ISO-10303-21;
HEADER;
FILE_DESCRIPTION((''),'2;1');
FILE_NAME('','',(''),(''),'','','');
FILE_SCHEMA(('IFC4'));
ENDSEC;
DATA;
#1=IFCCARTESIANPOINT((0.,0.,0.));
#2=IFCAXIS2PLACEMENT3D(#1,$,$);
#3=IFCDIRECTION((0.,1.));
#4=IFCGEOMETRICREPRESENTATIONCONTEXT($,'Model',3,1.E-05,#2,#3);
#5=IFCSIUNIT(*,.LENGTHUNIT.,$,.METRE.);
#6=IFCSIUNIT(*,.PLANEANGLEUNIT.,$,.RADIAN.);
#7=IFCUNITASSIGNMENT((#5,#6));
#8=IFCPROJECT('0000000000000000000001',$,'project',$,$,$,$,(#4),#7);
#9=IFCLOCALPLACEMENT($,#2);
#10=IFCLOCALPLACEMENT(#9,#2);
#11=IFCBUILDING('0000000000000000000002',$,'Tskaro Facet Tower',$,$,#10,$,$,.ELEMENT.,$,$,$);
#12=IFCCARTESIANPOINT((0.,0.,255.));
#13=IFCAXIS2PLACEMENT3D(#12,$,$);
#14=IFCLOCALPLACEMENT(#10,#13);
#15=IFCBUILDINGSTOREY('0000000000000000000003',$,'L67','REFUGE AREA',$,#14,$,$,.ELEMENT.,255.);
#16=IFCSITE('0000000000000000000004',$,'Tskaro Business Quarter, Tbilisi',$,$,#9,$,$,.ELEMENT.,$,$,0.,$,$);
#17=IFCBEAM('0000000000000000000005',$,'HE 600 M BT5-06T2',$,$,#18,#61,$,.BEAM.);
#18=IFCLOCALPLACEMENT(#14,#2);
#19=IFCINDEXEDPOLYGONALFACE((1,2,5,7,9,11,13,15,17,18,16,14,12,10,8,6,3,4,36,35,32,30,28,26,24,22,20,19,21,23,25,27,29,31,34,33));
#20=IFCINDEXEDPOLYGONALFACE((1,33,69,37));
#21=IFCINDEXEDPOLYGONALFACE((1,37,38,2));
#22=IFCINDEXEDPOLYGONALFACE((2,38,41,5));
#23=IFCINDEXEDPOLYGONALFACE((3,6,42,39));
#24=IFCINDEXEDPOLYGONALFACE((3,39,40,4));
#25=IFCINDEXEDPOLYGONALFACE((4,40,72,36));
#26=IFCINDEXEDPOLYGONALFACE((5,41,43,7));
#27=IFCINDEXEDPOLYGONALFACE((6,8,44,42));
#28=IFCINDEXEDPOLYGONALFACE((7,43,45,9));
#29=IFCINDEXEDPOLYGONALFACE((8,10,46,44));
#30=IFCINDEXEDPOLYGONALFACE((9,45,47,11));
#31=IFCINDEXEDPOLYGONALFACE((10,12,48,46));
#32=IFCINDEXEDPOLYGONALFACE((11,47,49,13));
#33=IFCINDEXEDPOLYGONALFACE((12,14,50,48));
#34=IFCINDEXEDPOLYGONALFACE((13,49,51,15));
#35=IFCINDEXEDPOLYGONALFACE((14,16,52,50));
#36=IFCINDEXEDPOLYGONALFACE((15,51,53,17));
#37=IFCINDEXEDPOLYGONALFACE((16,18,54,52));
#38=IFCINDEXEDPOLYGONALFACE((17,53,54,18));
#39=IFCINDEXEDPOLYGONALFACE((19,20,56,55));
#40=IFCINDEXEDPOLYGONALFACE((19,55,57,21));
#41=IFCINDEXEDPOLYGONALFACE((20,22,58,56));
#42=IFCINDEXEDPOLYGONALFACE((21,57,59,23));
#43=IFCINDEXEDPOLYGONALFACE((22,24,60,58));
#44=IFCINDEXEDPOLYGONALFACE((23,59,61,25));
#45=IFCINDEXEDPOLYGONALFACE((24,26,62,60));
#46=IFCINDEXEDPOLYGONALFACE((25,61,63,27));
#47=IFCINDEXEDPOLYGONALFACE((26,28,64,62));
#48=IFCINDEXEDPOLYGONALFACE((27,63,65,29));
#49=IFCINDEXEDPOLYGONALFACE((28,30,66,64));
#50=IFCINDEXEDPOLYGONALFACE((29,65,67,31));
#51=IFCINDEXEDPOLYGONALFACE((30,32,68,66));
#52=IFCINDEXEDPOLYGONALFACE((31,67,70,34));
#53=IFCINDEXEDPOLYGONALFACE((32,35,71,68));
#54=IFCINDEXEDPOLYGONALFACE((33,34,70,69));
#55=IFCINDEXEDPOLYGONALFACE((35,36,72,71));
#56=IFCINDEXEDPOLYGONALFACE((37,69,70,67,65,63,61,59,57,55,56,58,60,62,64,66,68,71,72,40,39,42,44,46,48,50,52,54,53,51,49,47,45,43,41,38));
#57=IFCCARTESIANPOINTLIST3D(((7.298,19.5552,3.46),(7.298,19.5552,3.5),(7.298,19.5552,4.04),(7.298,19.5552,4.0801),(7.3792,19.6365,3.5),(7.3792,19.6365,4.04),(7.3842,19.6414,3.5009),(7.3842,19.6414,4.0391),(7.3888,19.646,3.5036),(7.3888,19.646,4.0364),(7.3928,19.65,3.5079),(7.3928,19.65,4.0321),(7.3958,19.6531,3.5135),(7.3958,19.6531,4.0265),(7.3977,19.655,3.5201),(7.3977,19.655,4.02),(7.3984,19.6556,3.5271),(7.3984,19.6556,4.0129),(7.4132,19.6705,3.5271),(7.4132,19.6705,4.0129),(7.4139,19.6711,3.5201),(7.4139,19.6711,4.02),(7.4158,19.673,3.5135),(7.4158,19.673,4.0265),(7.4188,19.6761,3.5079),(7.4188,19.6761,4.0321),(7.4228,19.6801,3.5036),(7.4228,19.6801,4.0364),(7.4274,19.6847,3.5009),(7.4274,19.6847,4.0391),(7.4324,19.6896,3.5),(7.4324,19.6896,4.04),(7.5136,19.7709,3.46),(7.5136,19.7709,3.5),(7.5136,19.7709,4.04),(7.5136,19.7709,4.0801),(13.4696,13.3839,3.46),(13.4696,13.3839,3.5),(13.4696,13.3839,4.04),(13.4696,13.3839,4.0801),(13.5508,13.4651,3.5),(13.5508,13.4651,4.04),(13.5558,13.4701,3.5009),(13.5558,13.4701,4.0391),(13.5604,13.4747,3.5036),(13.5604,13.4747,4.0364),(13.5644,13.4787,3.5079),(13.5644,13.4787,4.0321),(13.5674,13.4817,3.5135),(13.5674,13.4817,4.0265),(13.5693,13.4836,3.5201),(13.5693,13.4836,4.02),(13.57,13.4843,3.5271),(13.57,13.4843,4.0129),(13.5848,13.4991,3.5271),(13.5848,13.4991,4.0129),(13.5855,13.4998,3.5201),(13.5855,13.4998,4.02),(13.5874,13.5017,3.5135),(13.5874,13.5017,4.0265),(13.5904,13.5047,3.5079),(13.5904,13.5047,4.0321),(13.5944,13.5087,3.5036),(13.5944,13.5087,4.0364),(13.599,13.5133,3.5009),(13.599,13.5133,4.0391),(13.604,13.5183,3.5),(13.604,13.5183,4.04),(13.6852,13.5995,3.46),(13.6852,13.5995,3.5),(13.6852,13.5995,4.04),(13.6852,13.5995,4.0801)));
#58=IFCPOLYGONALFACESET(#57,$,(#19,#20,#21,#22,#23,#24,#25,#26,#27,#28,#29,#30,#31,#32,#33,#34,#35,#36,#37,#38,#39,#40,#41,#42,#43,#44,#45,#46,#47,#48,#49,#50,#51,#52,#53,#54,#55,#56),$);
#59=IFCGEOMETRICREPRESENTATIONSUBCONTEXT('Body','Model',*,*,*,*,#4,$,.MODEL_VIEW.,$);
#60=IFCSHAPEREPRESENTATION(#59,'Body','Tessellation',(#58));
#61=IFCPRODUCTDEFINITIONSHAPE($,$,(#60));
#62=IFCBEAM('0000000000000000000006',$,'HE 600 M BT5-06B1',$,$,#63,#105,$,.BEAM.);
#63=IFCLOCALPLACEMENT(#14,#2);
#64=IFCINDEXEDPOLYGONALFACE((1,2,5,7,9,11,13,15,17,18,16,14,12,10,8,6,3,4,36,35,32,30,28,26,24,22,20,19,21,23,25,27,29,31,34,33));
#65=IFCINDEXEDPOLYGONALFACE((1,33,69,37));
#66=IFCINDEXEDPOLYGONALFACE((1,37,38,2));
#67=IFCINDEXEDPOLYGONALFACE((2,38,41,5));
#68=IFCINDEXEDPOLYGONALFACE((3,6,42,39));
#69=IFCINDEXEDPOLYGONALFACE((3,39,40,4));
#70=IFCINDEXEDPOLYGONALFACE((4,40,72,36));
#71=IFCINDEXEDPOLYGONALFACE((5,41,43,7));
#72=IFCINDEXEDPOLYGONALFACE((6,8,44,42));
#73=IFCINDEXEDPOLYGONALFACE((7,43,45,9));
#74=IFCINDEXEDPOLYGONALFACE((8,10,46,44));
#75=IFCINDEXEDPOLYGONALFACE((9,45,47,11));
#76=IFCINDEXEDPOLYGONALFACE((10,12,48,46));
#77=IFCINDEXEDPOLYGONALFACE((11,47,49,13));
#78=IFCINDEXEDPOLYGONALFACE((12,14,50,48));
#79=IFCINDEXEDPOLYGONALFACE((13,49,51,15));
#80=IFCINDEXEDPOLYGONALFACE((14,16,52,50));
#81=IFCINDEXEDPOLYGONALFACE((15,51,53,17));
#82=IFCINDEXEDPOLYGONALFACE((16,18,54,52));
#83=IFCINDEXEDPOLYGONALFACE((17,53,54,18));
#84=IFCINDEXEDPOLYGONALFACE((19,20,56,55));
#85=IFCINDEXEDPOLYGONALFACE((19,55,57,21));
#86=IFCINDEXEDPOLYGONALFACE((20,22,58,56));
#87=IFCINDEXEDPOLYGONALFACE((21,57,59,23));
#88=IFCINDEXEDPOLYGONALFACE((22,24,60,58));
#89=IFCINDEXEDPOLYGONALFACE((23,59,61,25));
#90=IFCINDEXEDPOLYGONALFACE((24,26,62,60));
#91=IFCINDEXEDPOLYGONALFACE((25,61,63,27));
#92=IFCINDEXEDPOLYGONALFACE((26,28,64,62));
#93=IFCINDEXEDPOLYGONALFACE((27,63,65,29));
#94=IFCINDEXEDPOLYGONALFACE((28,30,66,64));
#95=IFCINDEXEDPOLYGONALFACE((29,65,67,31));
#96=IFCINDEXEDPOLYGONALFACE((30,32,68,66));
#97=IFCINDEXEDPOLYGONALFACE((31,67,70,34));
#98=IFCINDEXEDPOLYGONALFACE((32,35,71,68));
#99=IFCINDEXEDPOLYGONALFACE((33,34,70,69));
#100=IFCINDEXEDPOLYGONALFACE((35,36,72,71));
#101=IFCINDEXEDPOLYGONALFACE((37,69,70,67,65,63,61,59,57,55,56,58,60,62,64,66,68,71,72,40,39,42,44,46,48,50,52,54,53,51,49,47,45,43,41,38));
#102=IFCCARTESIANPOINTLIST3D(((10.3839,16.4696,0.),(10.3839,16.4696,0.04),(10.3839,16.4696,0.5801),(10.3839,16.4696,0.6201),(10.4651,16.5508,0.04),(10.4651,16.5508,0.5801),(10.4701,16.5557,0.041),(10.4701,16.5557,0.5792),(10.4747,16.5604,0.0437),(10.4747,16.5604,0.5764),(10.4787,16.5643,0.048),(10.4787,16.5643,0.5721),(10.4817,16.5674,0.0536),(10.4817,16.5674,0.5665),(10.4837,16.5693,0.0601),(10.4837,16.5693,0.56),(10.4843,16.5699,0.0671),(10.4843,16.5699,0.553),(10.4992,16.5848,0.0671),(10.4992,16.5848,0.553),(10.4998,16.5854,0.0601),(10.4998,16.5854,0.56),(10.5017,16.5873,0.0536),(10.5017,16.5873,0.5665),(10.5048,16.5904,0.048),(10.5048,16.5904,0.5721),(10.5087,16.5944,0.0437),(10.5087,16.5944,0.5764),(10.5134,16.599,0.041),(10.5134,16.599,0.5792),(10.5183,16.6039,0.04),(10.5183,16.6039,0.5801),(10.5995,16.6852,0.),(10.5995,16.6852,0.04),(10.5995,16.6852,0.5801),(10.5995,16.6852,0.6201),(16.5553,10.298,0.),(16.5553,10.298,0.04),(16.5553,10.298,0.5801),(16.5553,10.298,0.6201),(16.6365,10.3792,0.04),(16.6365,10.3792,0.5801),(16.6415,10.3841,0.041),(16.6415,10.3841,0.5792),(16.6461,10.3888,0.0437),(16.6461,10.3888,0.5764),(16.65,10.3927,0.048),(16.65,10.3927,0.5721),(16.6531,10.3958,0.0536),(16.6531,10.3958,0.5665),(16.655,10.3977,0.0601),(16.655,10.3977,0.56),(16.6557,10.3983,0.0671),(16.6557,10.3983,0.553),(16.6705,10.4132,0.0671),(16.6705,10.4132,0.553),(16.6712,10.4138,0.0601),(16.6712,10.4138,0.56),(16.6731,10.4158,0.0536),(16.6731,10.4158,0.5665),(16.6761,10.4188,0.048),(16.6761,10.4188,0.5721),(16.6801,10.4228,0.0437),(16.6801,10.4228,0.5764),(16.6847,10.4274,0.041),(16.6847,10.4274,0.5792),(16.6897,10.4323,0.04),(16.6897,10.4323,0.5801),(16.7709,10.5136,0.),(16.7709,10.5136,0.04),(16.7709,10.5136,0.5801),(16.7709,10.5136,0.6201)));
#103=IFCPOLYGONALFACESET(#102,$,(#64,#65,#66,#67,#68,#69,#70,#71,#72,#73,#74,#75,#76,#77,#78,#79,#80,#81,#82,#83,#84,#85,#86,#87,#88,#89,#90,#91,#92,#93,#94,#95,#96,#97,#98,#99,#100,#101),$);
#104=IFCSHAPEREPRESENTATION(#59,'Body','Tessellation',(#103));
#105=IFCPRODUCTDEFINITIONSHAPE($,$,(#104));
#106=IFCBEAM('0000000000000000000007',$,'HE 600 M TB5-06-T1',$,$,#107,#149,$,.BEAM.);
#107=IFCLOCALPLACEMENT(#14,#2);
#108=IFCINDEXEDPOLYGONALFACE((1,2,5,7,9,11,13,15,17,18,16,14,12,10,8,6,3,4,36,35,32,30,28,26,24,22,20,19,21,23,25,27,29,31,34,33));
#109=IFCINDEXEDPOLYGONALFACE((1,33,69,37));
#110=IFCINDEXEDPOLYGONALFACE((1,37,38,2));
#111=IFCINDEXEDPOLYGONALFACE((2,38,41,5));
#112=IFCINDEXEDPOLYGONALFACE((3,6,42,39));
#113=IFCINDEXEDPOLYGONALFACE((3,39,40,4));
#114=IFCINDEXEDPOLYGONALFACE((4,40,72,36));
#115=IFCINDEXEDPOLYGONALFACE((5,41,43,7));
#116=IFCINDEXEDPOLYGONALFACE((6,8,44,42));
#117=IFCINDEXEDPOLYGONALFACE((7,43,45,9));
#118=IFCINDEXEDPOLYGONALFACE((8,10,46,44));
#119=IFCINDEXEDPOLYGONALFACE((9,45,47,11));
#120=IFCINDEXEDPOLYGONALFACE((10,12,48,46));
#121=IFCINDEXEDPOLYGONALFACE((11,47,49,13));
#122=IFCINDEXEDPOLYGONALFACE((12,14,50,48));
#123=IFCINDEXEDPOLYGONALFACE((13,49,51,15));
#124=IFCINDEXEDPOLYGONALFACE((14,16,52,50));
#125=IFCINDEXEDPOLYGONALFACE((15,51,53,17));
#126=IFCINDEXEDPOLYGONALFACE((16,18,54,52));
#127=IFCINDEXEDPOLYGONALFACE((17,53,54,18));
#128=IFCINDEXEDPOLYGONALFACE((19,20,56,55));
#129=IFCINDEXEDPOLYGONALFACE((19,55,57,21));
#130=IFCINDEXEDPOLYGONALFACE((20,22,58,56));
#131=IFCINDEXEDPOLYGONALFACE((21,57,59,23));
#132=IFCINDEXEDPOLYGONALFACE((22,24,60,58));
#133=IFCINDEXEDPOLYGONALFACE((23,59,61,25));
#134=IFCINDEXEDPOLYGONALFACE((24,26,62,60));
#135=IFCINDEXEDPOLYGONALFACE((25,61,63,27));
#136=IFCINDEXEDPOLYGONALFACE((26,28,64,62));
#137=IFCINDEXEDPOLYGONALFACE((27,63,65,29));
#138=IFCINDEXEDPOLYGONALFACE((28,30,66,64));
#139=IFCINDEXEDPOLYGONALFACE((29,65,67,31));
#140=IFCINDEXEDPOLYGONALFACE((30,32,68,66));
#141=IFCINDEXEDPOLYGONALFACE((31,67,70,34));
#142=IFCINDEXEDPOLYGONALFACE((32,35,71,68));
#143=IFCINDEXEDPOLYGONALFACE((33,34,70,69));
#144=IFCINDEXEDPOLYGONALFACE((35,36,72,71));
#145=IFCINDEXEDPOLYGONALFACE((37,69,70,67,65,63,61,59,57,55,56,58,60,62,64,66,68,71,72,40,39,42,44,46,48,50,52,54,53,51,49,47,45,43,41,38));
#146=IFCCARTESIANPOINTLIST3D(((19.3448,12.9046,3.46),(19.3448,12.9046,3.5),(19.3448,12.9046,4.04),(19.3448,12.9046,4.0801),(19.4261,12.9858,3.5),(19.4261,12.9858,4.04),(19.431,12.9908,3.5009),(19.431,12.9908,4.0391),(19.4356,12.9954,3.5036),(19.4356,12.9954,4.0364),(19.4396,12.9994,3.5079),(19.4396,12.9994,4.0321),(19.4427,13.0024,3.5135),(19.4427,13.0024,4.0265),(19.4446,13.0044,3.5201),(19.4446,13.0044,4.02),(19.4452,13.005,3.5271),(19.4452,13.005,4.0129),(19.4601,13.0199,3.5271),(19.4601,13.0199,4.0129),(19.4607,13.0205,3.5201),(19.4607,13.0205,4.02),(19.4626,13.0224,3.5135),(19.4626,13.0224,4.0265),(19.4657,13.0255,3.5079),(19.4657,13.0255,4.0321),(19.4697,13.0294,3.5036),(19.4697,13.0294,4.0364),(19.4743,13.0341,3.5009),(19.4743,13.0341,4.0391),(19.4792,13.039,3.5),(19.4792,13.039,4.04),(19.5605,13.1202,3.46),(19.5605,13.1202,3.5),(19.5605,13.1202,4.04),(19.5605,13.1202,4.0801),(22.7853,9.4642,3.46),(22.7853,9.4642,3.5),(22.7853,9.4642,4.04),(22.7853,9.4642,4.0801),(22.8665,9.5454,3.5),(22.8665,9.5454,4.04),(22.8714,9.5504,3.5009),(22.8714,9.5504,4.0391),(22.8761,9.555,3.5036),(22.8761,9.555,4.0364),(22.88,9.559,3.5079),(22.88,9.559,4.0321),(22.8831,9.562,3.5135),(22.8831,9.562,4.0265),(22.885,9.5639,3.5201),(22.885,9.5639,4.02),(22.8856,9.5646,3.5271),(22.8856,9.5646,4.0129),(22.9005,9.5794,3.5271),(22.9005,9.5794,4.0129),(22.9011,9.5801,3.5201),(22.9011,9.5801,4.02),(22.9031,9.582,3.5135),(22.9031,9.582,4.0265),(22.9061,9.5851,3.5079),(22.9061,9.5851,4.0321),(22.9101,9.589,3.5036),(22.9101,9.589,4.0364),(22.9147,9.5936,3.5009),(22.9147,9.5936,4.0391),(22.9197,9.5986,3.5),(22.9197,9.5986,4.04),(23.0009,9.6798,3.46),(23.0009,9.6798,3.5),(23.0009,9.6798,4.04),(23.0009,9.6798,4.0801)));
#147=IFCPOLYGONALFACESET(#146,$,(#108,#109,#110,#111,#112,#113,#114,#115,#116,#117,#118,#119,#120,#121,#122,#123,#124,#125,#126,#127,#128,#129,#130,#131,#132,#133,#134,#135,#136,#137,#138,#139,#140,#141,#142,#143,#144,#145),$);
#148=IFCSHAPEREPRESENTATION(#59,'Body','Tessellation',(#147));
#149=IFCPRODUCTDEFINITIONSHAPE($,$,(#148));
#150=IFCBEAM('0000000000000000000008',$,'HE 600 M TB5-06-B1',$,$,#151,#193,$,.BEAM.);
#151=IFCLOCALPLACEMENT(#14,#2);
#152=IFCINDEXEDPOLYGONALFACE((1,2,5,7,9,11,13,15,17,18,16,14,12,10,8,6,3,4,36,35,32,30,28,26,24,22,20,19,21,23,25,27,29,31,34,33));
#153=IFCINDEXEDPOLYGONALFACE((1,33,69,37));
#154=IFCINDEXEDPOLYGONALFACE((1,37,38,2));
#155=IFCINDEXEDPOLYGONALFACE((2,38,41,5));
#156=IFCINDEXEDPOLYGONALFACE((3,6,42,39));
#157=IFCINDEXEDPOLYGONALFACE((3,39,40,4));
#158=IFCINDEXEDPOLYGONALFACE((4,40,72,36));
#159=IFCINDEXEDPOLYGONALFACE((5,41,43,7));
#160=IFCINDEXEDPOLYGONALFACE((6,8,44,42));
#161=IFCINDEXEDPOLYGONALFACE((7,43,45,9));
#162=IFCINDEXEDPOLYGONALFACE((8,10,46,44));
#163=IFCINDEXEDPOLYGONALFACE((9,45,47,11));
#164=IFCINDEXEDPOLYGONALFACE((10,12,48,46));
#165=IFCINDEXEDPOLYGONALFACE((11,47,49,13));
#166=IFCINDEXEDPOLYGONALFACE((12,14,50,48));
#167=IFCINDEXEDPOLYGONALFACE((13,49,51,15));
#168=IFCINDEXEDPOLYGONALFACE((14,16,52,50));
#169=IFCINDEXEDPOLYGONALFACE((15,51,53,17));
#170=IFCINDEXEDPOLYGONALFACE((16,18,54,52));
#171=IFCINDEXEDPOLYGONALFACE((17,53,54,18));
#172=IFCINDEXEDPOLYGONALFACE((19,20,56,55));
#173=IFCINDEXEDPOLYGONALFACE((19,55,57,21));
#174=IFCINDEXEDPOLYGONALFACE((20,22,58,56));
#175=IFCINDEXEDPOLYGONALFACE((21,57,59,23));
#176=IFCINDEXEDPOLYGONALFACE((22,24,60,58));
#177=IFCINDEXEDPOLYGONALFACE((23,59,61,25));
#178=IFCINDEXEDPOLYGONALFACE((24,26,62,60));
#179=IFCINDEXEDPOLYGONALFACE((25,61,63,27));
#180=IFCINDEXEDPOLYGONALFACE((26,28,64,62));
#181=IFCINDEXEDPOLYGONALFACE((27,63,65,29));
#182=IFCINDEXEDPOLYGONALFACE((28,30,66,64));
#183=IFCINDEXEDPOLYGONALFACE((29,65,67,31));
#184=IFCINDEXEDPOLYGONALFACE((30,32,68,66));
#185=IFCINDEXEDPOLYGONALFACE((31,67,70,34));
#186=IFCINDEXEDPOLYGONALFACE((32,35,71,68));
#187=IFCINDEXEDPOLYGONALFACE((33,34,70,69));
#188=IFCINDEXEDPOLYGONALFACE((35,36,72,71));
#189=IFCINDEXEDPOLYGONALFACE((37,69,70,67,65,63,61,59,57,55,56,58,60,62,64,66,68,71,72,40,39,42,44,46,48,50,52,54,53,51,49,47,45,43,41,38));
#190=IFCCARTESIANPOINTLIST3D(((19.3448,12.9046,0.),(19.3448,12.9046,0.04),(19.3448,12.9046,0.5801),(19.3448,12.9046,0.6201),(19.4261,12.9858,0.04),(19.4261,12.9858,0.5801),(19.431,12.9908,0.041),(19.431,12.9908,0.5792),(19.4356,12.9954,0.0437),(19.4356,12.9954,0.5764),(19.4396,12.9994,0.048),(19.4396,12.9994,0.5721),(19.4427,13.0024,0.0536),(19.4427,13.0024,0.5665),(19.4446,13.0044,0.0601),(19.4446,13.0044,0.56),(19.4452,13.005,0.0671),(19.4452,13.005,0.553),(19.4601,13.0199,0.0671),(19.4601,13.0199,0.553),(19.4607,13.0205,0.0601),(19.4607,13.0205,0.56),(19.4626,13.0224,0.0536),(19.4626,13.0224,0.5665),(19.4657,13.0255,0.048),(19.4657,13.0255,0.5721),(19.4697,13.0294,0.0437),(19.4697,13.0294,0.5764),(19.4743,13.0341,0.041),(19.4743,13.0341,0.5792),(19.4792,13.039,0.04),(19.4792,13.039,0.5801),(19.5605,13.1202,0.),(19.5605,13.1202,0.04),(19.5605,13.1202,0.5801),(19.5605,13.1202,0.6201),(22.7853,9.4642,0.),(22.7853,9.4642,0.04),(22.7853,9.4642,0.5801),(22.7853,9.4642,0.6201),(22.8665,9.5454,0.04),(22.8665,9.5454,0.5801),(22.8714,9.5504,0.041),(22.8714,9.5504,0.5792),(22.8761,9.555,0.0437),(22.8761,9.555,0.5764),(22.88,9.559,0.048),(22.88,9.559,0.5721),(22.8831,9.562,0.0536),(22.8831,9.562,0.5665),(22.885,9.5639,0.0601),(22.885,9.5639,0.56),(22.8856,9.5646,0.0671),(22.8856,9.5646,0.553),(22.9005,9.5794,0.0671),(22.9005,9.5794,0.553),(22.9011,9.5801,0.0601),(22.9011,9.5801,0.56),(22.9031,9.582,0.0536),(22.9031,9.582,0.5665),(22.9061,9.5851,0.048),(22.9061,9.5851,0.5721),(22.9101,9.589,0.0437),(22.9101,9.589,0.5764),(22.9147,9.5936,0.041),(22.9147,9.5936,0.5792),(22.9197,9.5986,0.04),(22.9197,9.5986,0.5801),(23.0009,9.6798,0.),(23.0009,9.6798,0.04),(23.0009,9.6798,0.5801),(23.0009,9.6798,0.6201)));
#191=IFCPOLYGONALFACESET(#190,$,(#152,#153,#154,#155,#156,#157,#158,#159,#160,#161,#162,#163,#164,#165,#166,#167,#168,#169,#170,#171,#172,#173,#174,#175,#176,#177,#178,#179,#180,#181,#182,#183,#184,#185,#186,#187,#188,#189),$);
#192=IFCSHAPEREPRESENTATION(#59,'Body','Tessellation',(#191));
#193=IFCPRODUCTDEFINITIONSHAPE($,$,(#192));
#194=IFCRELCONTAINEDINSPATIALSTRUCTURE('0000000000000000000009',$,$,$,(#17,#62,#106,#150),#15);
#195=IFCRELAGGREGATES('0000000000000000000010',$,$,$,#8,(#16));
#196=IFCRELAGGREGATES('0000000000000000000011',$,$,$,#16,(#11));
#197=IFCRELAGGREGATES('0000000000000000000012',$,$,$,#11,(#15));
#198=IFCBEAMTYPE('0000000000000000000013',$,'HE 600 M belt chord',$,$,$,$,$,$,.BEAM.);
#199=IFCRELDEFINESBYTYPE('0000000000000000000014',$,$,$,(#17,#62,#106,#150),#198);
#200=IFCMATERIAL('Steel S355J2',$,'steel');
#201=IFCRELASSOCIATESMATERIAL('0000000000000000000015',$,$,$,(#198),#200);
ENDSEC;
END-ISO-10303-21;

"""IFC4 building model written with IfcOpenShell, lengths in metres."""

from ifc_helpers import new_model, si_unit, direction, frame, origin, origin_2d, place, context, subcontext, project, spatial, i_section, extrude, material, material_profile, profile_set, type_object, element, save


model = new_model("IFC4")

# Units and contexts
model_context = context("Model", 3, precision=1e-05, world=origin(), true_north=direction((0.0, 1.0)))
body_context = subcontext(model_context, "Body", "Model", "MODEL_VIEW")
ifc_project = project(units=[si_unit("LENGTHUNIT", "METRE"), si_unit("PLANEANGLEUNIT", "RADIAN")], contexts=[model_context])

# Site, building, storey
site_placement = place(None, origin())
site = spatial("IfcSite", under=ifc_project, at=site_placement, Name="Tskaro Business Quarter, Tbilisi", CompositionType="ELEMENT", RefElevation=0.0)
building_placement = place(site_placement, origin())
building = spatial("IfcBuilding", under=site, at=building_placement, Name="Tskaro Facet Tower", CompositionType="ELEMENT")
storey_placement = place(building_placement, frame((0.0, 0.0, 255.0)))
storey = spatial("IfcBuildingStorey", under=building, at=storey_placement, Name="L67", Description="REFUGE AREA", CompositionType="ELEMENT", Elevation=255.0)

# Shared definitions
ifc_material_1 = material(Name="Steel S355J2", Category="steel")

# Beams
ifc_material_profile_1 = material_profile(ifc_material_1, i_section(OverallWidth=0.3049, OverallDepth=0.6201, WebThickness=0.021, FlangeThickness=0.04, FilletRadius=0.0271, at=origin_2d()), Name="HE 600 M")
ifc_profile_set_1 = profile_set([ifc_material_profile_1], Name="Steel S355J2")
beam_type_1 = type_object("IfcBeamType", Name="HE 600 M belt chord", PredefinedType="BEAM", material=ifc_profile_set_1)
for number, where, z_axis, x_axis, name in (
    (1, (13.5774, 13.4917, 3.77), (-0.707121, 0.707093, 0.0), (-0.707093, -0.707121, 0.0), "HE 600 M BT5-06T2"),
    (2, (16.6631, 10.4058, 0.3101), (-0.707093, 0.707121, 0.0), (-0.707121, -0.707093, 0.0), "HE 600 M BT5-06B1"),
):
    element("IfcBeam", number, at=place(storey_placement, frame(where, z_axis=z_axis, x_axis=x_axis)), inside=storey, type_object=beam_type_1, Name=name, PredefinedType="BEAM", context=body_context, shape_type="SweptSolid", body=[
        extrude(i_section(OverallWidth=0.3049, OverallDepth=0.6201, WebThickness=0.021, FlangeThickness=0.04, FilletRadius=0.0271, at=origin_2d()), origin(), (0.0, 0.0, 1.0), 8.7278),
    ])
for number, where, z_axis, x_axis, name in (
    (3, (22.8931, 9.572, 3.77), (-0.707107, 0.707107, 0.0), (-0.707107, -0.707107, 0.0), "HE 600 M TB5-06-T1"),
    (4, (22.8931, 9.572, 0.3101), (-0.707107, 0.707107, 0.0), (-0.707107, -0.707107, 0.0), "HE 600 M TB5-06-B1"),
):
    element("IfcBeam", number, at=place(storey_placement, frame(where, z_axis=z_axis, x_axis=x_axis)), inside=storey, type_object=beam_type_1, Name=name, PredefinedType="BEAM", context=body_context, shape_type="SweptSolid", body=[
        extrude(i_section(OverallWidth=0.3049, OverallDepth=0.6201, WebThickness=0.021, FlangeThickness=0.04, FilletRadius=0.0271, at=origin_2d()), origin(), (0.0, 0.0, 1.0), 4.8655),
    ])

save(model, "model.ifc")
